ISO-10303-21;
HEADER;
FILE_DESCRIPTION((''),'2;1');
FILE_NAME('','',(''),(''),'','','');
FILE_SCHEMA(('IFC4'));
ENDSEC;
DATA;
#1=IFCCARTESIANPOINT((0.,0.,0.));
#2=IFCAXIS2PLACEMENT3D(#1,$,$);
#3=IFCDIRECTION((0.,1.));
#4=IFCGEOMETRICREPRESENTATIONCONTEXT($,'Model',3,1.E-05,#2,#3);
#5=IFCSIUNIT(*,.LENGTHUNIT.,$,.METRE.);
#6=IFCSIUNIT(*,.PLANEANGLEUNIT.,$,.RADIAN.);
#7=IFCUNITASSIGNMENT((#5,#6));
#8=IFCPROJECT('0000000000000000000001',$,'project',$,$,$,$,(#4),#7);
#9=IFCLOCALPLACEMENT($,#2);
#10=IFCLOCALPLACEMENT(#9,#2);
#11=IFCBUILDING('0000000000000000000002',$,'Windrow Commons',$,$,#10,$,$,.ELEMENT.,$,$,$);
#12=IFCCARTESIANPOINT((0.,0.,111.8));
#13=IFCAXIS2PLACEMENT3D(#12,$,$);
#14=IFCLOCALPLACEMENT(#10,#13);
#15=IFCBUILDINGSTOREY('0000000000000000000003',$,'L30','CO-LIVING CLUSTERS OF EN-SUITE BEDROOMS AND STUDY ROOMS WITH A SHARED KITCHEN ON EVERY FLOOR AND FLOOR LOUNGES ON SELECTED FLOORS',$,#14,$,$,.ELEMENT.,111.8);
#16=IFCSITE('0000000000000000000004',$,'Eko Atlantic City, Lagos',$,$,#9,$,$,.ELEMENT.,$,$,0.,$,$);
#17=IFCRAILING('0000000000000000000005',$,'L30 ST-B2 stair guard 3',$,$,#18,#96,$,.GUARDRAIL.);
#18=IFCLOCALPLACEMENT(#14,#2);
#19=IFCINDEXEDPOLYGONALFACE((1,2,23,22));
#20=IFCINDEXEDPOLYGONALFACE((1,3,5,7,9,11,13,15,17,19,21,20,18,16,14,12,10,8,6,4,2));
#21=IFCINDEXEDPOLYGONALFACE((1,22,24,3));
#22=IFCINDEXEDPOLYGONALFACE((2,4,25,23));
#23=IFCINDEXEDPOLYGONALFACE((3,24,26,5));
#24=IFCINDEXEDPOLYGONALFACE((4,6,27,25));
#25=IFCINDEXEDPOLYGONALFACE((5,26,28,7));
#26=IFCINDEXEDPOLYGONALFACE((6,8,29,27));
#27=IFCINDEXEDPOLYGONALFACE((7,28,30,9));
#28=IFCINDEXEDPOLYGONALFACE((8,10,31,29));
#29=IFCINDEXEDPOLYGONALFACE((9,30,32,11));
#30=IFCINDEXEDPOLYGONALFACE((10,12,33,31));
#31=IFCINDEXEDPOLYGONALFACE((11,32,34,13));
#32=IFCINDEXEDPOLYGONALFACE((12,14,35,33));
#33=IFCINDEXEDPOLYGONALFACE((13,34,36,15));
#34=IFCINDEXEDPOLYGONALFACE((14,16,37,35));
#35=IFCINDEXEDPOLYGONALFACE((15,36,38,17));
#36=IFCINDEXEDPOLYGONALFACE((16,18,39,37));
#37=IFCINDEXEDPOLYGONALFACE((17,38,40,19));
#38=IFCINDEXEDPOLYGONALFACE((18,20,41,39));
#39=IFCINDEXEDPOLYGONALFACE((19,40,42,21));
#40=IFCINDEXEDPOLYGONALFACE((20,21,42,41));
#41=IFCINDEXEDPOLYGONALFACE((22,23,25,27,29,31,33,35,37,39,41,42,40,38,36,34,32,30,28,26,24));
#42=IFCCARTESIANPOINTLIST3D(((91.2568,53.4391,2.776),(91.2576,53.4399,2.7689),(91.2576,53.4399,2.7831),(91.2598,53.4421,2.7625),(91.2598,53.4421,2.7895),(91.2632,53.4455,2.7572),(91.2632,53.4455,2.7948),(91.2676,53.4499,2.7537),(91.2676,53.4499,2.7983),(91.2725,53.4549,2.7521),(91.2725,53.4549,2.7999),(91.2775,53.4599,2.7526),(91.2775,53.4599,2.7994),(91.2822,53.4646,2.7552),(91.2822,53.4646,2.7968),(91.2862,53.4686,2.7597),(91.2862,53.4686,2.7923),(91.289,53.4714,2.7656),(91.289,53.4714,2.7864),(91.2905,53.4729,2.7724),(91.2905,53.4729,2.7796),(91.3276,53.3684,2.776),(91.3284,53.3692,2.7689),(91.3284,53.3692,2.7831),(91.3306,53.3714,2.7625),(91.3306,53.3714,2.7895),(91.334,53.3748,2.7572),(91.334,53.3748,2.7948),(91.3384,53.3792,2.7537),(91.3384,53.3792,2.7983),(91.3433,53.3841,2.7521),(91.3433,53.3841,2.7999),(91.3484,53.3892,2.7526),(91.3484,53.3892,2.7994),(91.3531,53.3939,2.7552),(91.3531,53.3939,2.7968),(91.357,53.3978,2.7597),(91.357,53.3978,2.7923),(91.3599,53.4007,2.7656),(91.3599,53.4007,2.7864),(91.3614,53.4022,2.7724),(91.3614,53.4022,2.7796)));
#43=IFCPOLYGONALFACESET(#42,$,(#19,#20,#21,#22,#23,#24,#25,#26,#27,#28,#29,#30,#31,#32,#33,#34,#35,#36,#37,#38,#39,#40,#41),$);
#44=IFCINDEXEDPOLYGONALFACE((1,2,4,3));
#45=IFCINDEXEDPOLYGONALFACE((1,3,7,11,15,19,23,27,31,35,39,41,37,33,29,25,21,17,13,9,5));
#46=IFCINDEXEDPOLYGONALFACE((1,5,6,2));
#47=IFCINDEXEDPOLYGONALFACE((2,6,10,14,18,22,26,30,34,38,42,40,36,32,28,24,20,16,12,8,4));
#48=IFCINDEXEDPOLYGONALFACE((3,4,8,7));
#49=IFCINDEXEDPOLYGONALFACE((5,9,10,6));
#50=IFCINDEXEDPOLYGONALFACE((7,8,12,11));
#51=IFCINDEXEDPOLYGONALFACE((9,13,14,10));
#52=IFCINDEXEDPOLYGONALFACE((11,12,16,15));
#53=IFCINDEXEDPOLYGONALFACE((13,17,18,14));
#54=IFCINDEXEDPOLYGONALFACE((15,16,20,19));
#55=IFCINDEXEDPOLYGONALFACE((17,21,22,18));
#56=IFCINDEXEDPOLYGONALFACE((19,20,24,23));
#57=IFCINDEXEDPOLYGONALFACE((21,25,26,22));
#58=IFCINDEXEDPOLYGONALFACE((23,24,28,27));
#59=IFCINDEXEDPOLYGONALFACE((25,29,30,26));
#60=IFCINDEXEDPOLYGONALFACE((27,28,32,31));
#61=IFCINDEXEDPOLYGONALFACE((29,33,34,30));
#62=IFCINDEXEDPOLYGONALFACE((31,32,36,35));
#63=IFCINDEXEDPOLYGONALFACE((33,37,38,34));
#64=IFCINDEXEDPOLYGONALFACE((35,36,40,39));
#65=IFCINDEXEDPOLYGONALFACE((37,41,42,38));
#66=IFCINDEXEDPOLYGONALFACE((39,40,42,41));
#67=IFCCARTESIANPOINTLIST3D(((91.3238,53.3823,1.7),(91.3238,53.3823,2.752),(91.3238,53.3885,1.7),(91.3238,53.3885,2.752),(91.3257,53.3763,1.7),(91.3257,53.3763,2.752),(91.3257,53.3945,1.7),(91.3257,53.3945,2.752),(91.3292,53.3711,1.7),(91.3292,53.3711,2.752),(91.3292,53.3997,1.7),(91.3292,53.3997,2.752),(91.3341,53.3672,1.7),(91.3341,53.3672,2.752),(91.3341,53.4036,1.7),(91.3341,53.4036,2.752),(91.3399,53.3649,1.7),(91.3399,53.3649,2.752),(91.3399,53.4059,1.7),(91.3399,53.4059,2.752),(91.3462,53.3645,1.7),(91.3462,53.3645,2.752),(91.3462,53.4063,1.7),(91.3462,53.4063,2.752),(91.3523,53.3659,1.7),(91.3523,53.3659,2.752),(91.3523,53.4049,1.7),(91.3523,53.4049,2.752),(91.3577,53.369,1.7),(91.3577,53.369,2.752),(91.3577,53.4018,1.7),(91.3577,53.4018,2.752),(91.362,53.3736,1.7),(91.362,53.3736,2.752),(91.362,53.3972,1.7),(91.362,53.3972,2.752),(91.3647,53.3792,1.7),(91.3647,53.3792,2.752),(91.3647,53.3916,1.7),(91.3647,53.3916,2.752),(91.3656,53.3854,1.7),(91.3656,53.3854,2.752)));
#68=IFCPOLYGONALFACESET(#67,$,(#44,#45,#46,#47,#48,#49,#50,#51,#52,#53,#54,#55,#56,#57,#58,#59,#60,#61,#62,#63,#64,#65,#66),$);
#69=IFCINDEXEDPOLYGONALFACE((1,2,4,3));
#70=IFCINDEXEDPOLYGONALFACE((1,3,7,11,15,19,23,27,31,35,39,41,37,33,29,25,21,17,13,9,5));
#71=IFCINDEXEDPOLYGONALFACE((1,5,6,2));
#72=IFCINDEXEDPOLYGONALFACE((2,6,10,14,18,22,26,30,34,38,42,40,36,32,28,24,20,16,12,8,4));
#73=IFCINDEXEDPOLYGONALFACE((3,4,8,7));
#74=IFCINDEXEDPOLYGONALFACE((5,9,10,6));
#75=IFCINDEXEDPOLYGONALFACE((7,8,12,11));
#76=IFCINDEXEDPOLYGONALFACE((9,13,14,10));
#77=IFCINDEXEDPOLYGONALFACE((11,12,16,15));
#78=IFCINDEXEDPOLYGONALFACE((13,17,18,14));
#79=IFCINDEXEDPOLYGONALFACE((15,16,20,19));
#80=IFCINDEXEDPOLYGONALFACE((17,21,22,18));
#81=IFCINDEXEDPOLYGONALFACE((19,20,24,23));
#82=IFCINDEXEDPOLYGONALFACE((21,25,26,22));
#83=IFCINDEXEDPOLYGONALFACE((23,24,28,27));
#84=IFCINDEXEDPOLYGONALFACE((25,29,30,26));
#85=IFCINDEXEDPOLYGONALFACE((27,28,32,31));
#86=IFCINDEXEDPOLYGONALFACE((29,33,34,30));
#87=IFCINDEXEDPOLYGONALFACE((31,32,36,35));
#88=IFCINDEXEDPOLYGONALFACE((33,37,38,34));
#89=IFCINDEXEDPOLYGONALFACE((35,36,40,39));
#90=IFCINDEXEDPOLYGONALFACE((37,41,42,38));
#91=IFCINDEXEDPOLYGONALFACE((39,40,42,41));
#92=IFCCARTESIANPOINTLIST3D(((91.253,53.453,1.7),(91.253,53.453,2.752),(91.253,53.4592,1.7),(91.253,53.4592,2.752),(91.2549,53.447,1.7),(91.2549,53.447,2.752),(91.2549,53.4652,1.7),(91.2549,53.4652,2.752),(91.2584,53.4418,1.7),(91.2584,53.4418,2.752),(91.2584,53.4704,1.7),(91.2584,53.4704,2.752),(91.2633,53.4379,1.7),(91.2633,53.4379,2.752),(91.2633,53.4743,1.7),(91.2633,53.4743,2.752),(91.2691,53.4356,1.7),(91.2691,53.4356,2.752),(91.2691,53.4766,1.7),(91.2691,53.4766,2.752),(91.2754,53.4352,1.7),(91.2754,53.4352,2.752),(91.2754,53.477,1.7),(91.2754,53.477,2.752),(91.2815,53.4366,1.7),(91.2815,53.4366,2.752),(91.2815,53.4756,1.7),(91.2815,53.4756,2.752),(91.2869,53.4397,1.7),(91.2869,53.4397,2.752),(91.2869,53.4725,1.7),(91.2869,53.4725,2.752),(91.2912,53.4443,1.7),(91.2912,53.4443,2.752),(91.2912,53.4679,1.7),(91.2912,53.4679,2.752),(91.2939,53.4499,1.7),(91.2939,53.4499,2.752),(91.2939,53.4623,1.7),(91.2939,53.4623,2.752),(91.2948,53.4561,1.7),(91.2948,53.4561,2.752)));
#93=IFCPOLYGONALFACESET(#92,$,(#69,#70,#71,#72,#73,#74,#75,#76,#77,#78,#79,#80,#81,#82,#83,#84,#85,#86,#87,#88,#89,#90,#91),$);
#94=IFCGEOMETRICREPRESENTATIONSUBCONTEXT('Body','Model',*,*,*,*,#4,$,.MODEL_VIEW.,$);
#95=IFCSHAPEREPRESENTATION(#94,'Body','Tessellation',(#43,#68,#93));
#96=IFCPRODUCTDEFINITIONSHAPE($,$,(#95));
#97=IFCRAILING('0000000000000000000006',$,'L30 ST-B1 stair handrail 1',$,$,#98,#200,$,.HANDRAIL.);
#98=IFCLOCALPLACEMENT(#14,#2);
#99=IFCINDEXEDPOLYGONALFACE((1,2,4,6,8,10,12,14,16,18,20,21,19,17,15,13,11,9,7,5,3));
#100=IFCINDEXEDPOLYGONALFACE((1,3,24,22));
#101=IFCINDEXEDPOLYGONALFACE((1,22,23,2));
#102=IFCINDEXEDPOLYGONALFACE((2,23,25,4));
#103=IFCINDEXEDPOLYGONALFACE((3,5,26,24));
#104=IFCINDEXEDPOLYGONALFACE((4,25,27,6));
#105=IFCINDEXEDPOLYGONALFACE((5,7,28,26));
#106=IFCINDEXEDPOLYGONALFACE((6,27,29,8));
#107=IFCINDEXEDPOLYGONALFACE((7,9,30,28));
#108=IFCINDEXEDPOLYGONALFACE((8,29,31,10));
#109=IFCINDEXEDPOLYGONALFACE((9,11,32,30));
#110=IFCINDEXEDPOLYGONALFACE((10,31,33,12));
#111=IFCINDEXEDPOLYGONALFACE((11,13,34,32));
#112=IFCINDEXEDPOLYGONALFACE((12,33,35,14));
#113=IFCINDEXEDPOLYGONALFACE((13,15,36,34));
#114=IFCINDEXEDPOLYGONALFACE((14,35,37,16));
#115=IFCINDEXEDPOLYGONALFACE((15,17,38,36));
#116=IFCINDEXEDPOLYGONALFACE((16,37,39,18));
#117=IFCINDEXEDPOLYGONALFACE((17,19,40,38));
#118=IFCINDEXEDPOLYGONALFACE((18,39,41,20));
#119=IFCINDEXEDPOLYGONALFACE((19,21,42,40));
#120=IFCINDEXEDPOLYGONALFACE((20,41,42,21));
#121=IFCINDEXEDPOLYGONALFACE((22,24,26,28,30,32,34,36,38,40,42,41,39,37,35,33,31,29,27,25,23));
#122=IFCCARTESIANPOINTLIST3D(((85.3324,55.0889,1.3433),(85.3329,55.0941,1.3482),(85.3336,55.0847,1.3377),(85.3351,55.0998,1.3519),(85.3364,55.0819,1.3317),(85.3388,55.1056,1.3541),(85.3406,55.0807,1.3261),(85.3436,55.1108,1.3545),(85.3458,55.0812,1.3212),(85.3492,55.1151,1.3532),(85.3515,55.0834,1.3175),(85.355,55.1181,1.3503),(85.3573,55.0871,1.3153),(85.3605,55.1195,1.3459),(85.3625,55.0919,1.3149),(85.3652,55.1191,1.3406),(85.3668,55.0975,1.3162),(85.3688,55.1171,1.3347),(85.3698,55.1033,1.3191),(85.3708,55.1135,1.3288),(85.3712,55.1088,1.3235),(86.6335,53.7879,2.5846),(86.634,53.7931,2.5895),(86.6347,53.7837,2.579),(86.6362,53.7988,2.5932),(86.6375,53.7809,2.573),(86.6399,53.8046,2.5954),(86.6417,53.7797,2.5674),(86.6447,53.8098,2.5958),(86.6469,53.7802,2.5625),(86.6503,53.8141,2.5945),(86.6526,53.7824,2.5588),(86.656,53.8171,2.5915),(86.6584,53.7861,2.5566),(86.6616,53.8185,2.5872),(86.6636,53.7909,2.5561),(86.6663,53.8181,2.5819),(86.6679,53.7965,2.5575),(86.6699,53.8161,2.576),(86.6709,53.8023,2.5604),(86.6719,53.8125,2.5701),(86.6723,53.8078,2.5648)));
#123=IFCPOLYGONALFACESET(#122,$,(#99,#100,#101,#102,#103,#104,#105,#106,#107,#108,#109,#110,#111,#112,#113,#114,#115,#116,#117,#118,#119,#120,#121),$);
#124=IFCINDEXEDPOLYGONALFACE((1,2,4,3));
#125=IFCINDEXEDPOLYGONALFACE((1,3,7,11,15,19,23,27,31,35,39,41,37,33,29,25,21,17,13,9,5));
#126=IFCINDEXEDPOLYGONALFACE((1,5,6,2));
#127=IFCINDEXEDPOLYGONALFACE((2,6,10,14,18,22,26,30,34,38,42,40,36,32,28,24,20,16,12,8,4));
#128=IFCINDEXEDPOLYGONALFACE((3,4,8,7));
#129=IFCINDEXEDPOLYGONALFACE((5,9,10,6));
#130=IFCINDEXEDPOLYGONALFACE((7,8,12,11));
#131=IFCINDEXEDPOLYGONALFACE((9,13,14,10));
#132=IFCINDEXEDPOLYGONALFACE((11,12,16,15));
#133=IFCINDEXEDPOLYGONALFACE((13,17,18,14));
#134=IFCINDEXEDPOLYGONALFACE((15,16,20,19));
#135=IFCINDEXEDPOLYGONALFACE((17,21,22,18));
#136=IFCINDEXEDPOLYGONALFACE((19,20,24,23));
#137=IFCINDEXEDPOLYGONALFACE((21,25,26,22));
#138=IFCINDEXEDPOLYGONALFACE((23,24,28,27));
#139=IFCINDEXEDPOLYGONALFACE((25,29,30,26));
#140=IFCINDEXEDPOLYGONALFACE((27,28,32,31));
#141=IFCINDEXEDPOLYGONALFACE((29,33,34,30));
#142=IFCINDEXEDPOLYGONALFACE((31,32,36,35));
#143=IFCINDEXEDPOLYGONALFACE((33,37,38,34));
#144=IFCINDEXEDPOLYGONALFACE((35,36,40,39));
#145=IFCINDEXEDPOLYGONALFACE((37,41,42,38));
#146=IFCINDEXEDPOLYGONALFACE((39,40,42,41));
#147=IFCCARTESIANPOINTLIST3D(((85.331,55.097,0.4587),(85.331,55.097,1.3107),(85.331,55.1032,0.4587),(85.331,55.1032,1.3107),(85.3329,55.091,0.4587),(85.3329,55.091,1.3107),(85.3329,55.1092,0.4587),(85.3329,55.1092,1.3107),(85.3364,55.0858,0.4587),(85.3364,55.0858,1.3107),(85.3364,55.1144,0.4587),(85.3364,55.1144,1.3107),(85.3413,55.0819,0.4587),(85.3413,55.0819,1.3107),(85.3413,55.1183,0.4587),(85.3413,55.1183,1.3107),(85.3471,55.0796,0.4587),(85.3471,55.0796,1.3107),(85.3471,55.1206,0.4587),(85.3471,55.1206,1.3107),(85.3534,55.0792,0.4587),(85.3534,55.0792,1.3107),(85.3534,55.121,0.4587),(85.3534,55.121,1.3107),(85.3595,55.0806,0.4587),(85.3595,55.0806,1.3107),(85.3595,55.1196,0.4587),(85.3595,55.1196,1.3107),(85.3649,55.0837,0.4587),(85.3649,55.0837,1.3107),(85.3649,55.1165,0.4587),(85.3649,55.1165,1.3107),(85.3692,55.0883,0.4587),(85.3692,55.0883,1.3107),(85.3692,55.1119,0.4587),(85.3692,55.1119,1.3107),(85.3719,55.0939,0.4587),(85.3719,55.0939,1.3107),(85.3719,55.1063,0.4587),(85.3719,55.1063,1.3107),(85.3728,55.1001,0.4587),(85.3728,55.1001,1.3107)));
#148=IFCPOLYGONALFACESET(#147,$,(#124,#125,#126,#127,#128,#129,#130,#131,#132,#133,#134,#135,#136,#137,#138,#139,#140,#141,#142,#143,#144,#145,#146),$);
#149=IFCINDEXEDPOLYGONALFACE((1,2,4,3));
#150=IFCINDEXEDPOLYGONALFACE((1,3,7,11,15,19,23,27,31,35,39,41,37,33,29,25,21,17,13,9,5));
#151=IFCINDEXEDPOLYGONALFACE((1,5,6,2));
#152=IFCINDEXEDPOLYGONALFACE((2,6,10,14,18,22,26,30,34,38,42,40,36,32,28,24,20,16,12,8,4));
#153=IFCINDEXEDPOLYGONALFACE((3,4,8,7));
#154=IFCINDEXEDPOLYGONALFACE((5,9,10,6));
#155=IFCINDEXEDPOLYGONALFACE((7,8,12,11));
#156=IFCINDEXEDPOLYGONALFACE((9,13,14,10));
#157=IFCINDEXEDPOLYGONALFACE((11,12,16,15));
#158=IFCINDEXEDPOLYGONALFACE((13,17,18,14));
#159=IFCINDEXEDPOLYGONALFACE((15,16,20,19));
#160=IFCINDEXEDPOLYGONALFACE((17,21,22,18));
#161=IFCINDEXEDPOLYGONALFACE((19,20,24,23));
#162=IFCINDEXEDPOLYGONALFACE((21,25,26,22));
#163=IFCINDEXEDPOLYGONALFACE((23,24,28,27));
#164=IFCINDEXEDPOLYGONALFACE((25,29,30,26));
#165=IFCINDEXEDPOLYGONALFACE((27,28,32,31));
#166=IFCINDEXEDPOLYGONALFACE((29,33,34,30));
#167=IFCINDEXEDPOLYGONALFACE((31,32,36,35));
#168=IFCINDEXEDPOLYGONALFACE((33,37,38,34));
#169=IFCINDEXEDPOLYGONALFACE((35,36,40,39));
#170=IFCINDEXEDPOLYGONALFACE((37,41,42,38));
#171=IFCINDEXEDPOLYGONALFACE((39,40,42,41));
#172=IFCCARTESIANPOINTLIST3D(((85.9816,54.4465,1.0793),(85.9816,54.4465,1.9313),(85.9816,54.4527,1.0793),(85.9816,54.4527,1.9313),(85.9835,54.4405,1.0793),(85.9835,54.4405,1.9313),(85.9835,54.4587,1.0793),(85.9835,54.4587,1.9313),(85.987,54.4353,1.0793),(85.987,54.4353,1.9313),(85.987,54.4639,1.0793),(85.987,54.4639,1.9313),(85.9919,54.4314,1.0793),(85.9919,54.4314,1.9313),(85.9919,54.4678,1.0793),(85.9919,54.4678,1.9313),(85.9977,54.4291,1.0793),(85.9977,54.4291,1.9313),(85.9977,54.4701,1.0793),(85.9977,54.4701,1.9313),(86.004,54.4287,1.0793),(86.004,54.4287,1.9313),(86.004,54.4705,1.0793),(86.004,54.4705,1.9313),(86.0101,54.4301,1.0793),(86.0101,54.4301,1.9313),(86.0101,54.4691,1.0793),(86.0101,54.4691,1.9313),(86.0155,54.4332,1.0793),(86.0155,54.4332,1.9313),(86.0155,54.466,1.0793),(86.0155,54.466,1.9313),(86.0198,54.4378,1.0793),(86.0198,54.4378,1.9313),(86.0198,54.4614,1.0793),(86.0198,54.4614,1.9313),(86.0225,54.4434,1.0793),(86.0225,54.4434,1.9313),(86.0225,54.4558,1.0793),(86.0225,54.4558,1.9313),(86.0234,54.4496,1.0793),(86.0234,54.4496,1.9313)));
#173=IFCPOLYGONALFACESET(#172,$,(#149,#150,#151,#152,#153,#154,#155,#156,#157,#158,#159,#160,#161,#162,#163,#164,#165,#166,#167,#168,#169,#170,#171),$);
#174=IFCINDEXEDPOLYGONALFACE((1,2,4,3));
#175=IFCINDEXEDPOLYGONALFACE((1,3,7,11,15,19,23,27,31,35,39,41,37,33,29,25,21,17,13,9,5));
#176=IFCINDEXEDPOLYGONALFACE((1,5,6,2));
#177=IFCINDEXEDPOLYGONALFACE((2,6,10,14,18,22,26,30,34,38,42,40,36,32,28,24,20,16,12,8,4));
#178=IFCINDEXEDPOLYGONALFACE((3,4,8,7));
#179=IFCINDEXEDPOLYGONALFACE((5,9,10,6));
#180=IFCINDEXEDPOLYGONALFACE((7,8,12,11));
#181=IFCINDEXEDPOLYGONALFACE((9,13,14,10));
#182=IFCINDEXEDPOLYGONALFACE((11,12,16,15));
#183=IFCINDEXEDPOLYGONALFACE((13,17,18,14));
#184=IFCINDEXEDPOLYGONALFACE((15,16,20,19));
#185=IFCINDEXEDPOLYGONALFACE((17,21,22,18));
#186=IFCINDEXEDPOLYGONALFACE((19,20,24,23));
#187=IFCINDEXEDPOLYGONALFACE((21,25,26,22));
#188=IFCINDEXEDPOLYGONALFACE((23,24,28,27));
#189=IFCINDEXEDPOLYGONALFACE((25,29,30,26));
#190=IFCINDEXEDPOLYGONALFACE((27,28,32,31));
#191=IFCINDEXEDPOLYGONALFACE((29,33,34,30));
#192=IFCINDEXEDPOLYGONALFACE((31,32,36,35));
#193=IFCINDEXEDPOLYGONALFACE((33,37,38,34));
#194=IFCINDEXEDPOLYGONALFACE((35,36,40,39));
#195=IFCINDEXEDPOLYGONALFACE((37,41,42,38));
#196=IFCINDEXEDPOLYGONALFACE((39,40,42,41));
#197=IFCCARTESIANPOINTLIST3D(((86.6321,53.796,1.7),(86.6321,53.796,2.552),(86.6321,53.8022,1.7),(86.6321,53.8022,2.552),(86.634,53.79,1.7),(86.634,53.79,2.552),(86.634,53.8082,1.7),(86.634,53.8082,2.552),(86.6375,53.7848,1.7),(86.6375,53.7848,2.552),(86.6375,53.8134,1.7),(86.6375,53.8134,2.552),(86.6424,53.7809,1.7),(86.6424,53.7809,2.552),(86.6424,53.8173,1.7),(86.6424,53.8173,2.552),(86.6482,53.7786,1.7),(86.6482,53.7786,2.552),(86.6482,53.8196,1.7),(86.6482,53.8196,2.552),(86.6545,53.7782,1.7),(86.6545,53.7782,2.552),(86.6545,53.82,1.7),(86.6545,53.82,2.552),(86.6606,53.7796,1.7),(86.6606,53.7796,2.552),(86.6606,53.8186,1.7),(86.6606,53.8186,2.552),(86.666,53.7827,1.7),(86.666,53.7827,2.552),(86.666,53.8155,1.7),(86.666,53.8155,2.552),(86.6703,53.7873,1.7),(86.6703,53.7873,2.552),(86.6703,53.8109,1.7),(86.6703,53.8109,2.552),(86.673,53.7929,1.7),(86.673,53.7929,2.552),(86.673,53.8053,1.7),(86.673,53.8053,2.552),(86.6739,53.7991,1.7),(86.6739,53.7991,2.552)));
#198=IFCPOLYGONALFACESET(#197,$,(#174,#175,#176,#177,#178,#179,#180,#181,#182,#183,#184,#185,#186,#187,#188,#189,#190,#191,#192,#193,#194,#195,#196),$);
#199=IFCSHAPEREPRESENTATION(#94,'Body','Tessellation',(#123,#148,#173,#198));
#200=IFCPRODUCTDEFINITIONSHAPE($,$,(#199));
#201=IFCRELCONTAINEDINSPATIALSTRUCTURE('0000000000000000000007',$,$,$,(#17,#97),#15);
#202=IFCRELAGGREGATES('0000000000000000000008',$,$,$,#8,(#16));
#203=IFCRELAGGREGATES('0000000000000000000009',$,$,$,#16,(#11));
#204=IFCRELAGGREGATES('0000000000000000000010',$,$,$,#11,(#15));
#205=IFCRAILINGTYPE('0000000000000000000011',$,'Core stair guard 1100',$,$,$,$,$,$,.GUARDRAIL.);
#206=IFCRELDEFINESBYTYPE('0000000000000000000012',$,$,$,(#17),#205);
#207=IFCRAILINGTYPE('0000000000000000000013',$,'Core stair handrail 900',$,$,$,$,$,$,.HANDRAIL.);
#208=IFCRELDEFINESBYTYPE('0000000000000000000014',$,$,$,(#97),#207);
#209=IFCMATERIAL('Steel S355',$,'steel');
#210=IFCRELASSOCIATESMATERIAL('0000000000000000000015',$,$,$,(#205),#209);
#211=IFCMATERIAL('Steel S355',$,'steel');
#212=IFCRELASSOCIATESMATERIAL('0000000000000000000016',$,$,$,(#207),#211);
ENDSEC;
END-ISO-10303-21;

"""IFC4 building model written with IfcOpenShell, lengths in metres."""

from ifc_helpers import new_model, si_unit, direction, frame, origin, origin_2d, place, context, subcontext, project, spatial, circle, extrude, material, type_object, element, save


model = new_model("IFC4")

# Units and contexts
model_context = context("Model", 3, precision=1e-05, world=origin(), true_north=direction((0.0, 1.0)))
body_context = subcontext(model_context, "Body", "Model", "MODEL_VIEW")
ifc_project = project(units=[si_unit("LENGTHUNIT", "METRE"), si_unit("PLANEANGLEUNIT", "RADIAN")], contexts=[model_context])

# Site, building, storey
site_placement = place(None, origin())
site = spatial("IfcSite", under=ifc_project, at=site_placement, Name="Eko Atlantic City, Lagos", CompositionType="ELEMENT", RefElevation=0.0)
building_placement = place(site_placement, origin())
building = spatial("IfcBuilding", under=site, at=building_placement, Name="Windrow Commons", CompositionType="ELEMENT")
storey_placement = place(building_placement, frame((0.0, 0.0, 111.8)))
storey = spatial("IfcBuildingStorey", under=building, at=storey_placement, Name="L30", Description="CO-LIVING CLUSTERS OF EN-SUITE BEDROOMS AND STUDY ROOMS WITH A SHARED KITCHEN ON EVERY FLOOR AND FLOOR LOUNGES ON SELECTED FLOORS", CompositionType="ELEMENT", Elevation=111.8)

# Railings
ifc_material_1 = material(Name="Steel S355", Category="steel")
railing_type_1 = type_object("IfcRailingType", Name="Core stair guard 1100", PredefinedType="GUARDRAIL", material=ifc_material_1)
railing_1_placement = place(storey_placement, frame((91.3446, 53.3854, 1.7)))
element("IfcRailing", 1, at=railing_1_placement, inside=storey, type_object=railing_type_1, Name="L30 ST-B2 stair guard 3", PredefinedType="GUARDRAIL", context=body_context, shape_type="SweptSolid", body=[
    extrude(circle(Radius=0.024, at=origin_2d()), frame((0.0, 0.0, 1.076), z_axis=(-0.707606, 0.706607, 0.0), x_axis=(-0.706607, -0.707606, 0.0)), (0.0, 0.0, 1.0), 0.1001),
    extrude(circle(Radius=0.021, at=origin_2d()), origin(), (0.0, 0.0, 1.0), 1.052),
    extrude(circle(Radius=0.021, at=origin_2d()), frame((-0.0708, 0.0707, 0.0)), (0.0, 0.0, 1.0), 1.052),
])
ifc_material_2 = material(Name="Steel S355", Category="steel")
railing_type_2 = type_object("IfcRailingType", Name="Core stair handrail 900", PredefinedType="HANDRAIL", material=ifc_material_2)
railing_2_placement = place(storey_placement, frame((85.3518, 55.1001, 0.4587)))
element("IfcRailing", 2, at=railing_2_placement, inside=storey, type_object=railing_type_2, Name="L30 ST-B1 stair handrail 1", PredefinedType="HANDRAIL", context=body_context, shape_type="SweptSolid", body=[
    extrude(circle(Radius=0.024, at=origin_2d()), frame((0.0, 0.0, 0.876), z_axis=(0.586207, -0.586162, 0.559264), x_axis=(0.70708, 0.707134, 0.0)), (0.0, 0.0, 1.0), 2.2195),
    extrude(circle(Radius=0.021, at=origin_2d()), origin(), (0.0, 0.0, 1.0), 0.852),
    extrude(circle(Radius=0.021, at=origin_2d()), frame((0.6506, -0.6505, 0.6206)), (0.0, 0.0, 1.0), 0.852),
    extrude(circle(Radius=0.021, at=origin_2d()), frame((1.3011, -1.301, 1.2413)), (0.0, 0.0, 1.0), 0.852),
])

save(model, "model.ifc")
